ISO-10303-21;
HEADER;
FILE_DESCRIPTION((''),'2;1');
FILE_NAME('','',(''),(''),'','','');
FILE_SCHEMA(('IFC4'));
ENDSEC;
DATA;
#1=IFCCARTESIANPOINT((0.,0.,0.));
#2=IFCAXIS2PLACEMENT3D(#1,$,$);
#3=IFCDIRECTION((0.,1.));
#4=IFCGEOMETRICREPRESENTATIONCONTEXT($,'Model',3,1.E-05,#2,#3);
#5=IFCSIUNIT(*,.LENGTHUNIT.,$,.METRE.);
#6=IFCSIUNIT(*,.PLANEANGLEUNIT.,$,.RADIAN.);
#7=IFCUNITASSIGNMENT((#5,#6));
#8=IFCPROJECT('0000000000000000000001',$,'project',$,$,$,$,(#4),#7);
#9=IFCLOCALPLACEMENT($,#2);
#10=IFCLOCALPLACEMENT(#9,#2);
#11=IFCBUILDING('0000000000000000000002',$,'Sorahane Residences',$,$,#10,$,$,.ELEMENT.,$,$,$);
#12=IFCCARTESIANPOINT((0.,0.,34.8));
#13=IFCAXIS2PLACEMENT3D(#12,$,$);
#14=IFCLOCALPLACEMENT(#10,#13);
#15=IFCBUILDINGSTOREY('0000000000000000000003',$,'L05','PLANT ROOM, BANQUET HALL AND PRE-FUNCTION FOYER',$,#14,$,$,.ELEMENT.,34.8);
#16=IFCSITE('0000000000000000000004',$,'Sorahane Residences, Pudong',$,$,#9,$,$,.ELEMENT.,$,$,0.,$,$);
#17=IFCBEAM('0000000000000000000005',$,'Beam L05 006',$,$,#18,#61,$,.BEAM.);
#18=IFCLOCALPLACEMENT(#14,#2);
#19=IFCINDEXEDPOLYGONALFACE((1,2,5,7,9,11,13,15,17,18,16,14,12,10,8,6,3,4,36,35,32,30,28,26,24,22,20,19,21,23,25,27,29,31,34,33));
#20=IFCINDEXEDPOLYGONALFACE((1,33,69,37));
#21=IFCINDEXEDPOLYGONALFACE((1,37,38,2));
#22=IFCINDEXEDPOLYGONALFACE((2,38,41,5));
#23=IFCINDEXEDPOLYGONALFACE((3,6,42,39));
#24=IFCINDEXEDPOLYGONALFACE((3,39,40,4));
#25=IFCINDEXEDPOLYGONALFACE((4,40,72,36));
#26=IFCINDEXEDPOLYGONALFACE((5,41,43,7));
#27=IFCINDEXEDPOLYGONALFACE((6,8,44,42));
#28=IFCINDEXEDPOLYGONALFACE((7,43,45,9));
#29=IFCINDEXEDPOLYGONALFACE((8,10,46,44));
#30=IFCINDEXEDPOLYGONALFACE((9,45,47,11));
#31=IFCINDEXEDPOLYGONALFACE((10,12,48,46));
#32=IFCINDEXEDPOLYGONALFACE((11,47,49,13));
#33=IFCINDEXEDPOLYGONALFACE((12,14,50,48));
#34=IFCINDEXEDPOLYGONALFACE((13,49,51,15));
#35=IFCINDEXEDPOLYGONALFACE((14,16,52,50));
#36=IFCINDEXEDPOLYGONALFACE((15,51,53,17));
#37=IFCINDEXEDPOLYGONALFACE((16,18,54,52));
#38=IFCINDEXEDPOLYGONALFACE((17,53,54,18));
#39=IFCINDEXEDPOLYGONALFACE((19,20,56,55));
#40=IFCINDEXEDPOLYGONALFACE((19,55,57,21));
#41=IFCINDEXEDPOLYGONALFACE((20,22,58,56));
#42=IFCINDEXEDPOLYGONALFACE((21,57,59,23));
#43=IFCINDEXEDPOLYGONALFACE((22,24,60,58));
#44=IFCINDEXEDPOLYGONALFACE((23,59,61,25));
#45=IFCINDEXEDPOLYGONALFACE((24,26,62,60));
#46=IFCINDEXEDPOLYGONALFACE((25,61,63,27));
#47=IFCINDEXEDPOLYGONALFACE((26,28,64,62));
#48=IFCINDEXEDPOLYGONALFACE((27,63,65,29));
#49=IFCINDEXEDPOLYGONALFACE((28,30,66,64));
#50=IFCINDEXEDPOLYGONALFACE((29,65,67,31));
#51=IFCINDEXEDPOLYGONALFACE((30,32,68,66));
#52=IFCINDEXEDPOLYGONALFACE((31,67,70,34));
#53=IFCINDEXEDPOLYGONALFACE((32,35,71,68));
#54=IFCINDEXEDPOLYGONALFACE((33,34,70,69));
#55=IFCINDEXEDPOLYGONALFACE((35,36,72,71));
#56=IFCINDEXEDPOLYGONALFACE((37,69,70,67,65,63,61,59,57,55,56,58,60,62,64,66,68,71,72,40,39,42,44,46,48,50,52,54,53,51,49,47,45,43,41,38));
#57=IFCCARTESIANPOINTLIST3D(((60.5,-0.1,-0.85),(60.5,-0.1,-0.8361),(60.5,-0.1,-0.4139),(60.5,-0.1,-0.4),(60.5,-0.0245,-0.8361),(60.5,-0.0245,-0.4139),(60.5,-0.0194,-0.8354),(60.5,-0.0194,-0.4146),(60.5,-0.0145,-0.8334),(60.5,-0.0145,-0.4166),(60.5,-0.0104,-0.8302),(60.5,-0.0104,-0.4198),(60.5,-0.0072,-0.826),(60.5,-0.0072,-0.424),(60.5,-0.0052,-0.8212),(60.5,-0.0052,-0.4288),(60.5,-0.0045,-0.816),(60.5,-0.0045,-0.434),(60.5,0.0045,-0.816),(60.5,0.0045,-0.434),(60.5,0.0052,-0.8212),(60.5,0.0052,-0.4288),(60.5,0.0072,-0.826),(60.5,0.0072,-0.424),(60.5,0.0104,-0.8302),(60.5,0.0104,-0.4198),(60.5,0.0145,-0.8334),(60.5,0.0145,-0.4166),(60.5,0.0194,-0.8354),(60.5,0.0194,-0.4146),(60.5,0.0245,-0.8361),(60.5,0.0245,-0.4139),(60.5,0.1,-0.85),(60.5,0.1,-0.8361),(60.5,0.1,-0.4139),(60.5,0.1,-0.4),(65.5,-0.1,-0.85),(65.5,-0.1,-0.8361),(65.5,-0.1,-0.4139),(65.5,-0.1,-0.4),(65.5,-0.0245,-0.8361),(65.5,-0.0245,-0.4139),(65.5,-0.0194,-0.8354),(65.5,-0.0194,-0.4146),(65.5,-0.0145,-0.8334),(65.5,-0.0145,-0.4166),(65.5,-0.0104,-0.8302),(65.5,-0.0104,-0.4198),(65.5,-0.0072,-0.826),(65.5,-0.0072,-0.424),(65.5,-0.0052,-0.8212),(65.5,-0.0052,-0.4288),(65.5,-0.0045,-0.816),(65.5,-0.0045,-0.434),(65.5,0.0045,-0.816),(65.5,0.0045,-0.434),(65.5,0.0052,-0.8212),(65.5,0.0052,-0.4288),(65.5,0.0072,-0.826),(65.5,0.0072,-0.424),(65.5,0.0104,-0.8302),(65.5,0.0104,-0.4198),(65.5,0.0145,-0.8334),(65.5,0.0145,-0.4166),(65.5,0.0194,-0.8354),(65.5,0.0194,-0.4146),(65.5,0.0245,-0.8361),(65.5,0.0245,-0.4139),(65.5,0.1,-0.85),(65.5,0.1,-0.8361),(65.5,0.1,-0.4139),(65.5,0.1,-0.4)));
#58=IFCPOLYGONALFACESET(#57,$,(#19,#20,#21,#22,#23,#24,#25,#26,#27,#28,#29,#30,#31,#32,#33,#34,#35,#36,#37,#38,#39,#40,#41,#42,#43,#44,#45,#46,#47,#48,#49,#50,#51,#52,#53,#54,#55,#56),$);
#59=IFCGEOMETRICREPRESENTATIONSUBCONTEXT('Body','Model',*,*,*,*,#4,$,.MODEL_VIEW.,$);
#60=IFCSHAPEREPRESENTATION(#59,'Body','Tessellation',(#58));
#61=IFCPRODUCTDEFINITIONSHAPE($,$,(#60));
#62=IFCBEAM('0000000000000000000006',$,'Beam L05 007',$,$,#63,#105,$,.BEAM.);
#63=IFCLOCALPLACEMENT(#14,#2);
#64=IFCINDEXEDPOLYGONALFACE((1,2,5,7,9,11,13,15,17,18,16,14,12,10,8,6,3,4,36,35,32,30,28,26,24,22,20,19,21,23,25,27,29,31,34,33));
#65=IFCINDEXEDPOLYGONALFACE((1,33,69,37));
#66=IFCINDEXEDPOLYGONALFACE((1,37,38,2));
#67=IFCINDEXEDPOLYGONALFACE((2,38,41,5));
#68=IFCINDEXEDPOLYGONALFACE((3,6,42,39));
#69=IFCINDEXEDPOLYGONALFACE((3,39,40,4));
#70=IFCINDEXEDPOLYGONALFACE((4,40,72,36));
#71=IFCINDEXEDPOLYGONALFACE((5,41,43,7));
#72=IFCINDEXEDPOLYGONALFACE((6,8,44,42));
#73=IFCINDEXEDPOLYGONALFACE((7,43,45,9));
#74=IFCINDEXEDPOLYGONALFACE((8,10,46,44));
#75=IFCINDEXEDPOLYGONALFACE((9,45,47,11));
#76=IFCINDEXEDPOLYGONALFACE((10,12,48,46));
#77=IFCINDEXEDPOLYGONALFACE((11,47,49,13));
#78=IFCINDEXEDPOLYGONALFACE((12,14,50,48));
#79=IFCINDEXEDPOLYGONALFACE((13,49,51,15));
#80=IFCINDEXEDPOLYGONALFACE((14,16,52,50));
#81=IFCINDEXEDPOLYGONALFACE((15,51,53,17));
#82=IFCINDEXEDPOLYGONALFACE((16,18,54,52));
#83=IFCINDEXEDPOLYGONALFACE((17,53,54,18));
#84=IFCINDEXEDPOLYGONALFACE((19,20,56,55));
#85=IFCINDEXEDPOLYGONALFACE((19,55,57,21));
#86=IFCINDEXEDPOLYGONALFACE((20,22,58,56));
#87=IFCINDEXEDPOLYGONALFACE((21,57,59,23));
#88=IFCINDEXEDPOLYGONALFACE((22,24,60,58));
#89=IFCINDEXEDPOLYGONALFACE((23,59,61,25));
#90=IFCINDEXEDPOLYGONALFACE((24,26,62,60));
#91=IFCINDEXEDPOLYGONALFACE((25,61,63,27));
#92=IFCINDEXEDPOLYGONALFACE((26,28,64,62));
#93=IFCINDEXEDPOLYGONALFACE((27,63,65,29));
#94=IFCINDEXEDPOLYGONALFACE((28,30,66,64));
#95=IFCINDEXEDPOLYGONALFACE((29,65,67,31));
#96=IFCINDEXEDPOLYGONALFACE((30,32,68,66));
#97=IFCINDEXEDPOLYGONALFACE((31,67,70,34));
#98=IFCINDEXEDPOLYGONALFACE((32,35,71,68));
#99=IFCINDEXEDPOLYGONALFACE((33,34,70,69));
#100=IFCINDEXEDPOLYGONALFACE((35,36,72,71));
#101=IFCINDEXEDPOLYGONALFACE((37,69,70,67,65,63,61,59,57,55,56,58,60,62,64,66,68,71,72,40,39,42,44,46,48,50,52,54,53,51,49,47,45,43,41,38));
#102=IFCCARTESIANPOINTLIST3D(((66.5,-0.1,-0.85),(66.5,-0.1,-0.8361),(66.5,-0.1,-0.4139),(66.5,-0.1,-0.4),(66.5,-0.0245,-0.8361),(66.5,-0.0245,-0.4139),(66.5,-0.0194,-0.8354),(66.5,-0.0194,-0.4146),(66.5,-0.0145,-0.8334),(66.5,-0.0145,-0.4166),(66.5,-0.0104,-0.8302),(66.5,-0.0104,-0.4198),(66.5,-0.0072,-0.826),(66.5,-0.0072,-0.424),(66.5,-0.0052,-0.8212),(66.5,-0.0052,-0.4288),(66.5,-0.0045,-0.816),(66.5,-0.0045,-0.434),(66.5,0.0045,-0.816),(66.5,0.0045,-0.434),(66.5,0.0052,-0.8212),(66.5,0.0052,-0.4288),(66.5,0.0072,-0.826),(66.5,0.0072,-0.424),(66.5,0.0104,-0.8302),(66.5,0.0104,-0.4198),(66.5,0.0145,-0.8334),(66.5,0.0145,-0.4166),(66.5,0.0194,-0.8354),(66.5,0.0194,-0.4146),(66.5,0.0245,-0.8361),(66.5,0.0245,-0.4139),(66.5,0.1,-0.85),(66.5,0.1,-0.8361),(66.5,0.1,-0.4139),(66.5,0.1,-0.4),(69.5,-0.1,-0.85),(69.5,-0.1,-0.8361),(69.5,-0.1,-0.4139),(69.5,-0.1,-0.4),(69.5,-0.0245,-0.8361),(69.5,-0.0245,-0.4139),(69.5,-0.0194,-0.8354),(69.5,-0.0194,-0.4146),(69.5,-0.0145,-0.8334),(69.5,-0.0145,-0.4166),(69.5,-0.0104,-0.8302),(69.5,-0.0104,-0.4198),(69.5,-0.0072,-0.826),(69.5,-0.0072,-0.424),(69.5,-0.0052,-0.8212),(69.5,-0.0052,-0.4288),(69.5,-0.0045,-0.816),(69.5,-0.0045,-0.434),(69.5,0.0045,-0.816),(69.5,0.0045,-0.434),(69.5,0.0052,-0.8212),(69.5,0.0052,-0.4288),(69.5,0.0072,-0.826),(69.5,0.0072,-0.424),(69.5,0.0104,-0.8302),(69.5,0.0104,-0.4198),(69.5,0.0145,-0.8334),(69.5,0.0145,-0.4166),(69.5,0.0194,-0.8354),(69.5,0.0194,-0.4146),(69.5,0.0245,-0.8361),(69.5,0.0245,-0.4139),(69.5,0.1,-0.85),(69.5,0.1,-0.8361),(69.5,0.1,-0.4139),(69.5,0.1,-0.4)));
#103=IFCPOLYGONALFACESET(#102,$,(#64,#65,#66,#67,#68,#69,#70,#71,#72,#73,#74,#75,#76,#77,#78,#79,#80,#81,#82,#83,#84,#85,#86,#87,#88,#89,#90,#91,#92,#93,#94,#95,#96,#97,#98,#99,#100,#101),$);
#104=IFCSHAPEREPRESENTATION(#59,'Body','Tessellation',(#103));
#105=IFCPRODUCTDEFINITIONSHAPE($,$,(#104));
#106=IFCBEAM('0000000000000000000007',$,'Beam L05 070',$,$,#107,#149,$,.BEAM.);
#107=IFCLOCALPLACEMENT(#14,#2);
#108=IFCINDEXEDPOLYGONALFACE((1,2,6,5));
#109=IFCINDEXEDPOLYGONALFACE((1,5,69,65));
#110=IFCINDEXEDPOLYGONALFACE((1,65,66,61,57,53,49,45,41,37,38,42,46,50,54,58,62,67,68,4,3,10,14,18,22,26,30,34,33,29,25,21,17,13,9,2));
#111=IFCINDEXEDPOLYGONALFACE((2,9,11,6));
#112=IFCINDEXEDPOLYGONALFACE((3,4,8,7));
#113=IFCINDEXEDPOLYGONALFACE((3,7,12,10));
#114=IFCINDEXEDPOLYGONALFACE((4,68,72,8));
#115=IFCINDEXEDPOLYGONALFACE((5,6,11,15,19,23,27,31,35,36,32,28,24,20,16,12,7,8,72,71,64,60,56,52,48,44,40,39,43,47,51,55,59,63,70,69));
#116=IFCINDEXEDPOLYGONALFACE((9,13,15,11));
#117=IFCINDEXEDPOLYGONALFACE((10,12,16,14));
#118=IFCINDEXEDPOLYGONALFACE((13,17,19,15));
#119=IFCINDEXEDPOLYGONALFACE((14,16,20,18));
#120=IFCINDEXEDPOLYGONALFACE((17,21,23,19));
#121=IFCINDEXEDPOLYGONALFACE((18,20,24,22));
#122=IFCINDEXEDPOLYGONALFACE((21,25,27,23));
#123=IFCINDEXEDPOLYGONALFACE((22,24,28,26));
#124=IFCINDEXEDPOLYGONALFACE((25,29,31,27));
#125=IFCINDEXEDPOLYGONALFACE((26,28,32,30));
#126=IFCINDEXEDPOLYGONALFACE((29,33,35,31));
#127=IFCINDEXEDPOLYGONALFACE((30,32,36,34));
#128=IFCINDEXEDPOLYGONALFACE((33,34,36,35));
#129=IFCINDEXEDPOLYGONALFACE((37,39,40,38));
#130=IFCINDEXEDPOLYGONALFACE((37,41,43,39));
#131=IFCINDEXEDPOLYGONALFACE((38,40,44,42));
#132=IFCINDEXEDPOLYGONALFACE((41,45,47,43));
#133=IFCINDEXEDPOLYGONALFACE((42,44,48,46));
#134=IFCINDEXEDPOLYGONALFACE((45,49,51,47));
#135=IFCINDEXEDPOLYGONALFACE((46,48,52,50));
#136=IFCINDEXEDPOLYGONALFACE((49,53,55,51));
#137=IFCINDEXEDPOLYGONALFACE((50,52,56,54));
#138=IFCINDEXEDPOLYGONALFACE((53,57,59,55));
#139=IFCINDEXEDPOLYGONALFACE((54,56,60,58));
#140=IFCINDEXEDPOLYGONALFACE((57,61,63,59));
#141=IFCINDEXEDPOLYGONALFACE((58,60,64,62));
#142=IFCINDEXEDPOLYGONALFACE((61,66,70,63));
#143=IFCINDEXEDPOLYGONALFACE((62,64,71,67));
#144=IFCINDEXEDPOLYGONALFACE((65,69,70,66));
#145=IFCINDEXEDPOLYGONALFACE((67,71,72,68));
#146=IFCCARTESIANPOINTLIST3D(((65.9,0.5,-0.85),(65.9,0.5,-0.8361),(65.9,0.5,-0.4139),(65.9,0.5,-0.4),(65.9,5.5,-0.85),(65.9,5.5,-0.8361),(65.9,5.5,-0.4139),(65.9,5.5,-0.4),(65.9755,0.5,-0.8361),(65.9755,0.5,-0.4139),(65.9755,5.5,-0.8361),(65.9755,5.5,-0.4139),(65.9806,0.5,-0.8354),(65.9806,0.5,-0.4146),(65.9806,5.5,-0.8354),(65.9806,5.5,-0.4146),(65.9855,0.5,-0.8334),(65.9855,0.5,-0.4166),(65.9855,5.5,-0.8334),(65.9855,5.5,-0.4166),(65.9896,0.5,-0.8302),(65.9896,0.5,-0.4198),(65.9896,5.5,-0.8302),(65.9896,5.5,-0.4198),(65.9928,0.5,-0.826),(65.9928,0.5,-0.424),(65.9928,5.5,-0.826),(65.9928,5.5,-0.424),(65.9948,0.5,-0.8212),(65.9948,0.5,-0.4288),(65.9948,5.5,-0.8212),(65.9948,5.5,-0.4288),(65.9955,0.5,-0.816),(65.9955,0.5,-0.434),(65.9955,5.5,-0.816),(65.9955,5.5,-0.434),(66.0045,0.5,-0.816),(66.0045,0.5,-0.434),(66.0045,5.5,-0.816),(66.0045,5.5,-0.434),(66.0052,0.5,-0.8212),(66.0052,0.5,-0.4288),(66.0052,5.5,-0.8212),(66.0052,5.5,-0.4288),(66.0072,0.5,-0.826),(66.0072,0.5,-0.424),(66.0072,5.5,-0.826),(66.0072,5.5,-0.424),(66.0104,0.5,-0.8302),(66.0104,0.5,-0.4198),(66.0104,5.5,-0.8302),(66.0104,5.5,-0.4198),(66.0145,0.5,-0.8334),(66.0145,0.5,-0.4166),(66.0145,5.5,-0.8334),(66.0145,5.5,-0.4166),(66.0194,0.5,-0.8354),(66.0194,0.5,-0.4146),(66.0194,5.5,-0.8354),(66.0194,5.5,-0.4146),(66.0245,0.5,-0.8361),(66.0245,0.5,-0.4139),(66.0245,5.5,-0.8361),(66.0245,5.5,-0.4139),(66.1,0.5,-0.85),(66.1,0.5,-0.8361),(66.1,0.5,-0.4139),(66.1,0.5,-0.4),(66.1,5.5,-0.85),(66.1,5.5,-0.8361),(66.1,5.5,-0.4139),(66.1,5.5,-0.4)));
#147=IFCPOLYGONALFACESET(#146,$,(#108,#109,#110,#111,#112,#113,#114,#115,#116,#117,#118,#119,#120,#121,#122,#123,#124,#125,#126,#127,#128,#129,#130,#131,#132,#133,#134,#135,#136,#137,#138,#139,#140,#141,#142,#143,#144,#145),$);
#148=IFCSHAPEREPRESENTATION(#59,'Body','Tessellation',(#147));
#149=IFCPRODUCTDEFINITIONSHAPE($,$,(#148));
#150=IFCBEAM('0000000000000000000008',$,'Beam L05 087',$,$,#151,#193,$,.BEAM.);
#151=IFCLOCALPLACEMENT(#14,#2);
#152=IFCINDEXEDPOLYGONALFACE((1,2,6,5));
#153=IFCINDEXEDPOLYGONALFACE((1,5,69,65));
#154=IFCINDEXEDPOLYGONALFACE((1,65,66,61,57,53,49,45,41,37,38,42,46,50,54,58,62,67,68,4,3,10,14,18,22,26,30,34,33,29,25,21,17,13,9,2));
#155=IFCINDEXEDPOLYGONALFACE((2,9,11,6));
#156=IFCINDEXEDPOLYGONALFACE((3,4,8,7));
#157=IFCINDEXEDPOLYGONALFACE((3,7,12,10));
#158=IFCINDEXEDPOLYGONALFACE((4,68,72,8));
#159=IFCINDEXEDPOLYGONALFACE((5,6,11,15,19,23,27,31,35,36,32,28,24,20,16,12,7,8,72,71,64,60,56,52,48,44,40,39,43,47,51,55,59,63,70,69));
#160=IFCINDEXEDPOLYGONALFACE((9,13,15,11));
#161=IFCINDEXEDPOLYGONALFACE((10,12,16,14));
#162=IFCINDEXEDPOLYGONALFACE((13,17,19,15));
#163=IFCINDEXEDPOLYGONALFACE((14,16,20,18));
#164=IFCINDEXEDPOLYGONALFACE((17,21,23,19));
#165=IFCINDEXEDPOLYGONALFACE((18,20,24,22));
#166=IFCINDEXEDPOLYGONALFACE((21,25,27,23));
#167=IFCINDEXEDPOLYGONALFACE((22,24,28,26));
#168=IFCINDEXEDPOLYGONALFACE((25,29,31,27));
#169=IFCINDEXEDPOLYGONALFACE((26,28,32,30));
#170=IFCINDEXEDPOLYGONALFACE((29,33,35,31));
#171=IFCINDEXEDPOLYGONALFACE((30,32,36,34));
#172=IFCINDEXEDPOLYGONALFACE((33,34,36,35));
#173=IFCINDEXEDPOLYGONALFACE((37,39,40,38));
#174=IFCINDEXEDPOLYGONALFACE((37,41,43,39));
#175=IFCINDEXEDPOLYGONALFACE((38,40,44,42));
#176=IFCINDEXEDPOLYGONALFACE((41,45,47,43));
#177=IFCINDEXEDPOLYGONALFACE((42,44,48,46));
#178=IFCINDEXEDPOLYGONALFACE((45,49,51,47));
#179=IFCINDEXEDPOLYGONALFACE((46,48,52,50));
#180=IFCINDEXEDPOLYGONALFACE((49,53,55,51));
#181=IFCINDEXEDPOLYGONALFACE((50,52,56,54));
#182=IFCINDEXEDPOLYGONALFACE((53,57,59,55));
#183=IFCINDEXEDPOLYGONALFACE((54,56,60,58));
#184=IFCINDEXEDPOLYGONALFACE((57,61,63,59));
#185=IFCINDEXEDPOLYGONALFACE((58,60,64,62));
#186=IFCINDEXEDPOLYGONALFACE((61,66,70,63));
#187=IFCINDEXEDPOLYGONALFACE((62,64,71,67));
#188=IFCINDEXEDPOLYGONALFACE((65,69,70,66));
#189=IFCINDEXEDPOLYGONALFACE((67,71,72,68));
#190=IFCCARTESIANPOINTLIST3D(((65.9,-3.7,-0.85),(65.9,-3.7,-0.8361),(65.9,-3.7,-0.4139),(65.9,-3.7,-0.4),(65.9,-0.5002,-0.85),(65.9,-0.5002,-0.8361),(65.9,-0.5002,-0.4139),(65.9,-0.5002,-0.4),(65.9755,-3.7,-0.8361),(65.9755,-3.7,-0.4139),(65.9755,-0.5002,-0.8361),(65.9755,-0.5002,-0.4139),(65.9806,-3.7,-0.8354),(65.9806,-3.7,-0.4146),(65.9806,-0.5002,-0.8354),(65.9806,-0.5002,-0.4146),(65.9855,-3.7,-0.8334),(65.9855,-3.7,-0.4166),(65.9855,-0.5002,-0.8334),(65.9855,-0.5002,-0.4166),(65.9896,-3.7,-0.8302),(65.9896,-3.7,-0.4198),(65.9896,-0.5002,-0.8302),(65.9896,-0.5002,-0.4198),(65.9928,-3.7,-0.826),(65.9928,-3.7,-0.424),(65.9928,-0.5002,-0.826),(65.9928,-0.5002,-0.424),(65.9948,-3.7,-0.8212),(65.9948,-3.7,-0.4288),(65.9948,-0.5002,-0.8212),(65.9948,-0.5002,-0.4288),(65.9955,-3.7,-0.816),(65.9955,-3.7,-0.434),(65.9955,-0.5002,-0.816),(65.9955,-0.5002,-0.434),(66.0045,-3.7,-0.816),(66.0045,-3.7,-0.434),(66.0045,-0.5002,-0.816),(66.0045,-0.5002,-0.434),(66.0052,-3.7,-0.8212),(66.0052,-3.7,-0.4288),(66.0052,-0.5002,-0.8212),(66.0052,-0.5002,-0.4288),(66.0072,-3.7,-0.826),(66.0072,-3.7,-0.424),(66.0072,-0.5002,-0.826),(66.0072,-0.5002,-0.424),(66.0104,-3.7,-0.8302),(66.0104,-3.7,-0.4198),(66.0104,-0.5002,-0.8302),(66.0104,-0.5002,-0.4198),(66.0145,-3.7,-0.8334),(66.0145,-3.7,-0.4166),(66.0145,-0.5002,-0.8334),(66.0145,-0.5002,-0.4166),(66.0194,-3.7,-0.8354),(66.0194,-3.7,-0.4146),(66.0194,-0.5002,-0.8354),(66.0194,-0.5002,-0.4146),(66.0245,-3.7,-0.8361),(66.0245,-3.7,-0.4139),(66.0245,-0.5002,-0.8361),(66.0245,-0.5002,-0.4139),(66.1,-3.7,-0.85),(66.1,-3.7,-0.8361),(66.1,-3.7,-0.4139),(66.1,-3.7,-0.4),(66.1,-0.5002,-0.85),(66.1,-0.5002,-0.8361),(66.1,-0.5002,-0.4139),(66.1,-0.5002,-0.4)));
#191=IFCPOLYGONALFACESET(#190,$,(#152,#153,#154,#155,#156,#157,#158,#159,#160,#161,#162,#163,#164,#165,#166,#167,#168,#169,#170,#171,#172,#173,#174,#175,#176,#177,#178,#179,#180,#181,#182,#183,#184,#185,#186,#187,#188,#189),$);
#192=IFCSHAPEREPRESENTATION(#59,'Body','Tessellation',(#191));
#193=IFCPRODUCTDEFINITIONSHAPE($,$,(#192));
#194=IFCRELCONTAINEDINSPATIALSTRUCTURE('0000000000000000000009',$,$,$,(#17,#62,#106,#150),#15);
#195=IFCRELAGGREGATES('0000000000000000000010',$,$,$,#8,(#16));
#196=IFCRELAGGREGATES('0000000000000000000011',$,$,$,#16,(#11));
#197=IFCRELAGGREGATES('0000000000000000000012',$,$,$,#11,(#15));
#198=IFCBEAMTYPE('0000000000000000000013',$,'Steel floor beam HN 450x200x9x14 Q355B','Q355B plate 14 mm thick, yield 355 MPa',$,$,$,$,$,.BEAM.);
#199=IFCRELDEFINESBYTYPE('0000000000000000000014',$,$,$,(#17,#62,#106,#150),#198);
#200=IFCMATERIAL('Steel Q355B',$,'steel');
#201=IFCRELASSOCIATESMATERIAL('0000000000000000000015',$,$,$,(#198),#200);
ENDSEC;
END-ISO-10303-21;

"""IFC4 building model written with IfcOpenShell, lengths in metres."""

from ifc_helpers import new_model, si_unit, direction, frame, origin, origin_2d, place, context, subcontext, project, spatial, i_section, extrude, material, material_profile, profile_set, type_object, element, save


model = new_model("IFC4")

# Units and contexts
model_context = context("Model", 3, precision=1e-05, world=origin(), true_north=direction((0.0, 1.0)))
body_context = subcontext(model_context, "Body", "Model", "MODEL_VIEW")
ifc_project = project(units=[si_unit("LENGTHUNIT", "METRE"), si_unit("PLANEANGLEUNIT", "RADIAN")], contexts=[model_context])

# Site, building, storey
site_placement = place(None, origin())
site = spatial("IfcSite", under=ifc_project, at=site_placement, Name="Sorahane Residences, Pudong", CompositionType="ELEMENT", RefElevation=0.0)
building_placement = place(site_placement, origin())
building = spatial("IfcBuilding", under=site, at=building_placement, Name="Sorahane Residences", CompositionType="ELEMENT")
storey_placement = place(building_placement, frame((0.0, 0.0, 34.8)))
storey = spatial("IfcBuildingStorey", under=building, at=storey_placement, Name="L05", Description="PLANT ROOM, BANQUET HALL AND PRE-FUNCTION FOYER", CompositionType="ELEMENT", Elevation=34.8)

# Beams
ifc_material_1 = material(Name="Steel Q355B", Category="steel")
ifc_material_profile_1 = material_profile(ifc_material_1, i_section(OverallWidth=0.2, OverallDepth=0.45, WebThickness=0.009, FlangeThickness=0.0139, FilletRadius=0.02, at=origin_2d()), Name="HN 450x200x9x14")
ifc_profile_set_1 = profile_set([ifc_material_profile_1], Name="Steel Q355B")
beam_type_1 = type_object("IfcBeamType", Name="Steel floor beam HN 450x200x9x14 Q355B", Description="Q355B plate 14 mm thick, yield 355 MPa", PredefinedType="BEAM", material=ifc_profile_set_1)
beam_1_placement = place(storey_placement, frame((60.5, 0.0, -0.625), z_axis=(1.0, 0.0, 0.0), x_axis=(0.0, 1.0, 0.0)))
element("IfcBeam", 1, at=beam_1_placement, inside=storey, type_object=beam_type_1, Name="Beam L05 006", PredefinedType="BEAM", context=body_context, shape_type="SweptSolid", body=[
    extrude(i_section(OverallWidth=0.2, OverallDepth=0.45, WebThickness=0.009, FlangeThickness=0.0139, FilletRadius=0.02, at=origin_2d()), origin(), (0.0, 0.0, 1.0), 5.0),
])
beam_2_placement = place(storey_placement, frame((66.5, 0.0, -0.625), z_axis=(1.0, 0.0, 0.0), x_axis=(0.0, 1.0, 0.0)))
element("IfcBeam", 2, at=beam_2_placement, inside=storey, type_object=beam_type_1, Name="Beam L05 007", PredefinedType="BEAM", context=body_context, shape_type="SweptSolid", body=[
    extrude(i_section(OverallWidth=0.2, OverallDepth=0.45, WebThickness=0.009, FlangeThickness=0.0139, FilletRadius=0.02, at=origin_2d()), origin(), (0.0, 0.0, 1.0), 3.0),
])
beam_3_placement = place(storey_placement, frame((66.0, 0.5, -0.625), z_axis=(0.0, 1.0, 0.0), x_axis=(-1.0, 0.0, 0.0)))
element("IfcBeam", 3, at=beam_3_placement, inside=storey, type_object=beam_type_1, Name="Beam L05 070", PredefinedType="BEAM", context=body_context, shape_type="SweptSolid", body=[
    extrude(i_section(OverallWidth=0.2, OverallDepth=0.45, WebThickness=0.009, FlangeThickness=0.0139, FilletRadius=0.02, at=origin_2d()), origin(), (0.0, 0.0, 1.0), 5.0),
])
beam_4_placement = place(storey_placement, frame((66.0, -3.7, -0.625), z_axis=(0.0, 1.0, 0.0), x_axis=(-1.0, 0.0, 0.0)))
element("IfcBeam", 4, at=beam_4_placement, inside=storey, type_object=beam_type_1, Name="Beam L05 087", PredefinedType="BEAM", context=body_context, shape_type="SweptSolid", body=[
    extrude(i_section(OverallWidth=0.2, OverallDepth=0.45, WebThickness=0.009, FlangeThickness=0.0139, FilletRadius=0.02, at=origin_2d()), origin(), (0.0, 0.0, 1.0), 3.1997),
])

save(model, "model.ifc")
